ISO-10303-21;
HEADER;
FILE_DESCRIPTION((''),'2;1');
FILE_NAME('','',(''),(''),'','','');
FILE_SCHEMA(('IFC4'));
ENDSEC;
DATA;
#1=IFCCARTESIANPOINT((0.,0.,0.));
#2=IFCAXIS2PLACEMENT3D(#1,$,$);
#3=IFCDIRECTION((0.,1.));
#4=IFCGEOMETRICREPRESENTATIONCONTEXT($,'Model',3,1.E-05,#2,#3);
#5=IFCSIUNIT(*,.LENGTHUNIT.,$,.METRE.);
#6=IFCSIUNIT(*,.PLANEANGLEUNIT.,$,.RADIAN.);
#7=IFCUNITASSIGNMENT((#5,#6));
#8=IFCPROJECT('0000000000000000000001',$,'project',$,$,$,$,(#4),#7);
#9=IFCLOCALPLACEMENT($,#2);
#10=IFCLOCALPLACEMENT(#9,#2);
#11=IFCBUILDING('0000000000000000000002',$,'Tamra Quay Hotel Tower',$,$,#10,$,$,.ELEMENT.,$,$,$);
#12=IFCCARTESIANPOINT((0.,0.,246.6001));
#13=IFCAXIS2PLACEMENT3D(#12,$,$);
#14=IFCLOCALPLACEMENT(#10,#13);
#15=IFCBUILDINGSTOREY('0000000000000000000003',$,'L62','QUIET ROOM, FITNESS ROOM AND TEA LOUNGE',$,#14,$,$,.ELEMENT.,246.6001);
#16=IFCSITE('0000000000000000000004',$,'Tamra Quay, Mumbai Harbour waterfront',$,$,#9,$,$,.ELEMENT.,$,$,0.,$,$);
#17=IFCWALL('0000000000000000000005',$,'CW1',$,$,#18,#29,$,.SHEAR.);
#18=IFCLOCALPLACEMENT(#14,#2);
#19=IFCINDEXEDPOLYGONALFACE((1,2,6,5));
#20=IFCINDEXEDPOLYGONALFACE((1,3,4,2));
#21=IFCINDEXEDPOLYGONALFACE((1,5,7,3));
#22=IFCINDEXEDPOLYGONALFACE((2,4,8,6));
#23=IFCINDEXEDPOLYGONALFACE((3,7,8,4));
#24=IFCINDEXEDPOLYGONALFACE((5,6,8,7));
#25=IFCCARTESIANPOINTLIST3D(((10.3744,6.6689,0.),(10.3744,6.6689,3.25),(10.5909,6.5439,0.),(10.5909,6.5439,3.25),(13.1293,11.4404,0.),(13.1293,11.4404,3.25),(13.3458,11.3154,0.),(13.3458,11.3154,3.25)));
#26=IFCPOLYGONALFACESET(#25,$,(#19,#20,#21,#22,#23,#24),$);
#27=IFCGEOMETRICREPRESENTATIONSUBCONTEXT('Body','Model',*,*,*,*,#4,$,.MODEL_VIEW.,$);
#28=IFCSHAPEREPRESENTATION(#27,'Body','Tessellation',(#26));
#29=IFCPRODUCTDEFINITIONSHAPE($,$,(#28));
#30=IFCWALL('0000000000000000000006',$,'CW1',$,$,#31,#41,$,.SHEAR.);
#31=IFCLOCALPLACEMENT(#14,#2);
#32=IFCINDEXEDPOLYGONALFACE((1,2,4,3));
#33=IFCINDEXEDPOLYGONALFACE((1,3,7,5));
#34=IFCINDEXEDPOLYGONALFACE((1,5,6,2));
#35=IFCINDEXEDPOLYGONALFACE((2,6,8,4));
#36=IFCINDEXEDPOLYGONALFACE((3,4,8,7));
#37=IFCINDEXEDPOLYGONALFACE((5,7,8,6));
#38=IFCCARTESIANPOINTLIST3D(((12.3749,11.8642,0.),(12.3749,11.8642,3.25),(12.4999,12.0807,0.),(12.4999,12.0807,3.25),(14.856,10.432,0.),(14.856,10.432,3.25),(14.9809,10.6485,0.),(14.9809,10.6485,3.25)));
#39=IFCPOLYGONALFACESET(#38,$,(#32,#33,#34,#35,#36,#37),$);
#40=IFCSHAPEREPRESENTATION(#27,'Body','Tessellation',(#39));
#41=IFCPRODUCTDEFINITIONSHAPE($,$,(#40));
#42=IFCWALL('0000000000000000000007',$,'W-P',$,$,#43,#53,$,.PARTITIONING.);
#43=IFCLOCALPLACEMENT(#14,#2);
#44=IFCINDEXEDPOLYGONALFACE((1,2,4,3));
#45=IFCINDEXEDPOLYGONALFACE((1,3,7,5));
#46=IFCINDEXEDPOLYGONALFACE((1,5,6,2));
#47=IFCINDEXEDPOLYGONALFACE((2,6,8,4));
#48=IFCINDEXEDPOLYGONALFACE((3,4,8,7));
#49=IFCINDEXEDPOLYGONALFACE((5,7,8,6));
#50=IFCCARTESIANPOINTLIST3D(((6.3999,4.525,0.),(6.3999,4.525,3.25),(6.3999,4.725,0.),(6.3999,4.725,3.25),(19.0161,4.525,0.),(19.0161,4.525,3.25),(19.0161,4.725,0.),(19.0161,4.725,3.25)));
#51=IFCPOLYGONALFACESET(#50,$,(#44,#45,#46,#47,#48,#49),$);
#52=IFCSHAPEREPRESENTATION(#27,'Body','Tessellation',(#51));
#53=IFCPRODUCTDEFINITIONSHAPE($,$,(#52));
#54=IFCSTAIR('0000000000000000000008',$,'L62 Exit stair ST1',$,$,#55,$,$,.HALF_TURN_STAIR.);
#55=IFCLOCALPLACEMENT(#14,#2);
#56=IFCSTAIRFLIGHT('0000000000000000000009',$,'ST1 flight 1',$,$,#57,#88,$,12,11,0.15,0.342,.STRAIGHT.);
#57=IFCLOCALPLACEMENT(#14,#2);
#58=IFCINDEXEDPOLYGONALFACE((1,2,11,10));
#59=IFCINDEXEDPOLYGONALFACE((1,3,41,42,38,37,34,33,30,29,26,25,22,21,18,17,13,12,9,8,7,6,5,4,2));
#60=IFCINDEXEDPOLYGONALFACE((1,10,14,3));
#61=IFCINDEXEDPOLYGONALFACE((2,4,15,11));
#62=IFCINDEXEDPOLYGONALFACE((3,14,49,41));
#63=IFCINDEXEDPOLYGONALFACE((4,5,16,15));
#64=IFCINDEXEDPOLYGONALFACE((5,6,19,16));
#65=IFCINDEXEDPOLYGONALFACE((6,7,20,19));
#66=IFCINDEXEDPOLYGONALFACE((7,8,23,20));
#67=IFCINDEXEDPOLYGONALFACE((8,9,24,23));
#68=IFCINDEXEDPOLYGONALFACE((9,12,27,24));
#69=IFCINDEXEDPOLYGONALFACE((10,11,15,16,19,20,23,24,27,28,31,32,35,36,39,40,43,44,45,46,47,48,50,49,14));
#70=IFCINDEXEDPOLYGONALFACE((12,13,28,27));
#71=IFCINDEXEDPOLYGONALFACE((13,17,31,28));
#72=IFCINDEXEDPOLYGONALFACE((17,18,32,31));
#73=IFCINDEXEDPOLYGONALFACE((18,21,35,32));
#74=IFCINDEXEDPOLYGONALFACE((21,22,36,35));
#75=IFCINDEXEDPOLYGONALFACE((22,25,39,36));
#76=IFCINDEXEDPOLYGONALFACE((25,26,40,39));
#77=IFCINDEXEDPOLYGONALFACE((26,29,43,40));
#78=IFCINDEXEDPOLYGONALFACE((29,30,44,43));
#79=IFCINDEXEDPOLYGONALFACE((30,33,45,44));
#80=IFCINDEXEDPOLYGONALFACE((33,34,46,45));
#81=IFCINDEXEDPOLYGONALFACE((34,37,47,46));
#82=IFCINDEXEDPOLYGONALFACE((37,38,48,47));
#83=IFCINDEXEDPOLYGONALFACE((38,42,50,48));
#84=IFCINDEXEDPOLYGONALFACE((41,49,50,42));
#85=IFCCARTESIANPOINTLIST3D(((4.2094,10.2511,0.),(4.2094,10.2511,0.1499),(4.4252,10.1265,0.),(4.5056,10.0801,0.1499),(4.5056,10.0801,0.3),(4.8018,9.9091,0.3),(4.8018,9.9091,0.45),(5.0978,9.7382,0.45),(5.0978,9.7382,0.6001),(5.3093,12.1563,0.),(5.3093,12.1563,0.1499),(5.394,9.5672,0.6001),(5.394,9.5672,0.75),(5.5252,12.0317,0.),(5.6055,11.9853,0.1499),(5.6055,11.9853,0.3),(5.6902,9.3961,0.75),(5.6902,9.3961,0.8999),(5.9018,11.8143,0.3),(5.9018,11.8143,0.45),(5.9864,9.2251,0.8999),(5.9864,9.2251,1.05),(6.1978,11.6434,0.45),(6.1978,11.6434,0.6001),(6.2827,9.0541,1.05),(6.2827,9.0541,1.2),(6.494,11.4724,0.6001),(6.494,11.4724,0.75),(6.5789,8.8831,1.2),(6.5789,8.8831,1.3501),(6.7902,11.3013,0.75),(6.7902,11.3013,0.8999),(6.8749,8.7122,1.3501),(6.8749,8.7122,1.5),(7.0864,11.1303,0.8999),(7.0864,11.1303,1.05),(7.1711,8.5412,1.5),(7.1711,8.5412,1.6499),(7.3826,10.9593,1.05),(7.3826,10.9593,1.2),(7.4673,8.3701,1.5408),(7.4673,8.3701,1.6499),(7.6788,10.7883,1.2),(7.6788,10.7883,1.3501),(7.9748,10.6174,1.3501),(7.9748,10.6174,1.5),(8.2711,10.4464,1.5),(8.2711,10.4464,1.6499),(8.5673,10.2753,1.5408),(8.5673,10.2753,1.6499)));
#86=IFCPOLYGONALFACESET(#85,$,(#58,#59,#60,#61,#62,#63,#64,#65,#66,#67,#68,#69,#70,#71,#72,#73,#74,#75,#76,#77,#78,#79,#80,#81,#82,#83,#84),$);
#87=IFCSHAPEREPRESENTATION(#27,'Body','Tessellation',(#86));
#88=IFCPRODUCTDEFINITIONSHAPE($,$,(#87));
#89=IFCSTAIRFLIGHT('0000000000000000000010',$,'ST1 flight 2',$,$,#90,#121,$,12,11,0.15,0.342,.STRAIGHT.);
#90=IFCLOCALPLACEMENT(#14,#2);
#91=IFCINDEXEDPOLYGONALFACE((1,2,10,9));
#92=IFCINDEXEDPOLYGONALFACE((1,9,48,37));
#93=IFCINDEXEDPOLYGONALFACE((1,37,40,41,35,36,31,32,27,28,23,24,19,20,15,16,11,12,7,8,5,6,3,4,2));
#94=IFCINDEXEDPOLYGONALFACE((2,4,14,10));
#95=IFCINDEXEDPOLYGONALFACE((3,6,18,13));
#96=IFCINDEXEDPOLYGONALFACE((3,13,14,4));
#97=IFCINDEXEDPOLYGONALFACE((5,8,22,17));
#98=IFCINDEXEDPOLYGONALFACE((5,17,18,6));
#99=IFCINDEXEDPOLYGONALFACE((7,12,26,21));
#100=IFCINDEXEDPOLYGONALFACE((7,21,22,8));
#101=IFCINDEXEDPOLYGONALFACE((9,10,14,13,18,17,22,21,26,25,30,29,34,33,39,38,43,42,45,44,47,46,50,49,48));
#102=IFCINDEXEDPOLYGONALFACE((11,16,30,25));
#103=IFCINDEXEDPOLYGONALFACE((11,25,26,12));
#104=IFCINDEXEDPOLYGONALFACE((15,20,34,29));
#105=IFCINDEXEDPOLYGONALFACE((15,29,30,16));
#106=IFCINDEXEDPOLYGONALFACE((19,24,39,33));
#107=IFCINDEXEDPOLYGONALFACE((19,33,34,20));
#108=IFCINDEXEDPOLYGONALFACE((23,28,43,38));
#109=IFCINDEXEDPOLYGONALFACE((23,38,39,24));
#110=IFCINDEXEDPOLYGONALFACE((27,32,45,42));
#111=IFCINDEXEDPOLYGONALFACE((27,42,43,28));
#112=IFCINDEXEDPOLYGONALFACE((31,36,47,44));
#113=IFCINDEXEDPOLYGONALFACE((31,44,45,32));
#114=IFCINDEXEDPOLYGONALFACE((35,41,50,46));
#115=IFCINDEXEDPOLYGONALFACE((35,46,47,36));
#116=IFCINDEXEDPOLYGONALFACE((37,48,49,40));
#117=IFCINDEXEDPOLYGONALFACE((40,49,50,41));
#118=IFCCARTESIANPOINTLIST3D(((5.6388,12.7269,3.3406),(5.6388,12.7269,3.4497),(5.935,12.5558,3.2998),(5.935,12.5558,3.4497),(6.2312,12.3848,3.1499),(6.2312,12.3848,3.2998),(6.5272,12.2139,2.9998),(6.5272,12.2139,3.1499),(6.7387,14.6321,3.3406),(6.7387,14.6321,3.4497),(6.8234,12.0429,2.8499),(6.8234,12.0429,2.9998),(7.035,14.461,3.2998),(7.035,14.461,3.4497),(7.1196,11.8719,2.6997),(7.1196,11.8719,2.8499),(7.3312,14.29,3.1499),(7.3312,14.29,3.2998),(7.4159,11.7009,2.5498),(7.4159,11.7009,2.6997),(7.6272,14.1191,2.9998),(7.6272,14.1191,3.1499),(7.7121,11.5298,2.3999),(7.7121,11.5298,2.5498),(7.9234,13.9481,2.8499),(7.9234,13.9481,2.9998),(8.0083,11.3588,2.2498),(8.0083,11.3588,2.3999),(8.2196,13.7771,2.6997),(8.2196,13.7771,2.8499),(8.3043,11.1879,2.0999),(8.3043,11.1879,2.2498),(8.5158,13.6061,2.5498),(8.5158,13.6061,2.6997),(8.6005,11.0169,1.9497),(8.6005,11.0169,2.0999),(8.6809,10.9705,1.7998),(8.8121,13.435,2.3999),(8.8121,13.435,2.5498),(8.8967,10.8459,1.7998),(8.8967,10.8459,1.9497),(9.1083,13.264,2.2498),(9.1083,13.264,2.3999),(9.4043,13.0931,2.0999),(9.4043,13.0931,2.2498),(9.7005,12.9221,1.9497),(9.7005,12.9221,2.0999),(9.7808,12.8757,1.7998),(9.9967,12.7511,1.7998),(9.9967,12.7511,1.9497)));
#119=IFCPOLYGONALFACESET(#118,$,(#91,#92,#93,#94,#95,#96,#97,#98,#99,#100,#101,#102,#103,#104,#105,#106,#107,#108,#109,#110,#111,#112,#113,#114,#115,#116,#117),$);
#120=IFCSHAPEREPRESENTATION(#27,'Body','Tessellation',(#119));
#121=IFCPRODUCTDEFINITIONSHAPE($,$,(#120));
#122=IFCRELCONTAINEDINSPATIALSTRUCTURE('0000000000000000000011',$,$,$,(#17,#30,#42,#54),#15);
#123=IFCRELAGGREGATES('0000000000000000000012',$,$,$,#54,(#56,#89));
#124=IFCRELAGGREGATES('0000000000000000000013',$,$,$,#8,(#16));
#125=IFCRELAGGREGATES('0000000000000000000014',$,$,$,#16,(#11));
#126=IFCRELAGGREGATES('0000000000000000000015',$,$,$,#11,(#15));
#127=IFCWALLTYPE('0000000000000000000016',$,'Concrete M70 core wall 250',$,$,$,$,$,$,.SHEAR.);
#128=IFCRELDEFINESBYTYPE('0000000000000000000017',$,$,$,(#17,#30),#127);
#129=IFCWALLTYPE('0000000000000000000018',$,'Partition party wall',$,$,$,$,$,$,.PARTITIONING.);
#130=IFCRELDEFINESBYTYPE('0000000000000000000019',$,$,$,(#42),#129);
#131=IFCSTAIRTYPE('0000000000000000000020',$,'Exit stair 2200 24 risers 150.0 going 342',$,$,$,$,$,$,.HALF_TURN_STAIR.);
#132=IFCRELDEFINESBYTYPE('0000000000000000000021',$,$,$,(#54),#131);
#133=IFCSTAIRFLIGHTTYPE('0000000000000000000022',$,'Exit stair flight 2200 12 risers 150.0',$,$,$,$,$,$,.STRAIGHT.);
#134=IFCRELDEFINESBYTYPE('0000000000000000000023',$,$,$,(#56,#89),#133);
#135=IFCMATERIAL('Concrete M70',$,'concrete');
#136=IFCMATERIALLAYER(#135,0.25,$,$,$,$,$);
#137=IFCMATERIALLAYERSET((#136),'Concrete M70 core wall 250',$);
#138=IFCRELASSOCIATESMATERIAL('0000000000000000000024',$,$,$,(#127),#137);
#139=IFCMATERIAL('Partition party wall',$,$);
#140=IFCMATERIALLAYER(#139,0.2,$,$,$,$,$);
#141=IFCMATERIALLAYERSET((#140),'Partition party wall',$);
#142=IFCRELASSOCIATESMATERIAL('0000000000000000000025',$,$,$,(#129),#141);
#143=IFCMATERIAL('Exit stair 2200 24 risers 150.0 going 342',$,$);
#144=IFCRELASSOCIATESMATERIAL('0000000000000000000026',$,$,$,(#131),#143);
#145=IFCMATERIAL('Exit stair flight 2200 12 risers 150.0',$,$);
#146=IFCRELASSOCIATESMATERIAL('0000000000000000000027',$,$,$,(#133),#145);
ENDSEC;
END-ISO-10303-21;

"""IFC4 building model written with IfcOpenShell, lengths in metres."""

from ifc_helpers import new_model, si_unit, direction, frame, frame_2d, origin, place, context, subcontext, project, spatial, polyline, rectangle, outline, extrude, material, layer, layer_set, type_object, element, aggregate, save


model = new_model("IFC4")

# Units and contexts
model_context = context("Model", 3, precision=1e-05, world=origin(), true_north=direction((0.0, 1.0)))
body_context = subcontext(model_context, "Body", "Model", "MODEL_VIEW")
ifc_project = project(units=[si_unit("LENGTHUNIT", "METRE"), si_unit("PLANEANGLEUNIT", "RADIAN")], contexts=[model_context])

# Site, building, storey
site_placement = place(None, origin())
site = spatial("IfcSite", under=ifc_project, at=site_placement, Name="Tamra Quay, Mumbai Harbour waterfront", CompositionType="ELEMENT", RefElevation=0.0)
building_placement = place(site_placement, origin())
building = spatial("IfcBuilding", under=site, at=building_placement, Name="Tamra Quay Hotel Tower", CompositionType="ELEMENT")
storey_placement = place(building_placement, frame((0.0, 0.0, 246.6001)))
storey = spatial("IfcBuildingStorey", under=building, at=storey_placement, Name="L62", Description="QUIET ROOM, FITNESS ROOM AND TEA LOUNGE", CompositionType="ELEMENT", Elevation=246.6001)

# Shared definitions
ifc_material_1 = material(Name="Concrete M70", Category="concrete")

# Shared definitions
ifc_layer_1 = layer(ifc_material_1, 0.25)
ifc_layer_set_1 = layer_set([ifc_layer_1], Name="Concrete M70 core wall 250")
wall_type_1 = type_object("IfcWallType", Name="Concrete M70 core wall 250", PredefinedType="SHEAR", material=ifc_layer_set_1)

# Walls
wall_1_placement = place(storey_placement, frame((13.2375, 11.3779, 0.0), z_axis=(0.0, 0.0, 1.0), x_axis=(-0.500009, -0.86602, 0.0)))
element("IfcWall", 1, at=wall_1_placement, inside=storey, type_object=wall_type_1, Name="CW1", PredefinedType="SHEAR", context=body_context, shape_type="SweptSolid", body=[
    extrude(rectangle(XDim=5.5098, YDim=0.25, at=frame_2d((2.7549, 0.0))), origin(), (0.0, 0.0, 1.0), 3.25),
])
wall_2_placement = place(storey_placement, frame((14.9185, 10.5403, 0.0), z_axis=(0.0, 0.0, 1.0), x_axis=(-0.866064, 0.499934, 0.0)))
element("IfcWall", 2, at=wall_2_placement, inside=storey, type_object=wall_type_1, Name="CW1", PredefinedType="SHEAR", context=body_context, shape_type="SweptSolid", body=[
    extrude(rectangle(XDim=2.8647, YDim=0.25, at=frame_2d((1.4324, 0.0))), origin(), (0.0, 0.0, 1.0), 3.25),
])
ifc_material_2 = material(Name="Partition party wall")
ifc_layer_2 = layer(ifc_material_2, 0.2)
ifc_layer_set_2 = layer_set([ifc_layer_2], Name="Partition party wall")
wall_type_2 = type_object("IfcWallType", Name="Partition party wall", PredefinedType="PARTITIONING", material=ifc_layer_set_2)
wall_3_placement = place(storey_placement, frame((6.3999, 4.625, 0.0), z_axis=(0.0, 0.0, 1.0), x_axis=(1.0, 0.0, 0.0)))
element("IfcWall", 3, at=wall_3_placement, inside=storey, type_object=wall_type_2, Name="W-P", PredefinedType="PARTITIONING", context=body_context, shape_type="SweptSolid", body=[
    extrude(rectangle(XDim=12.6162, YDim=0.2, at=frame_2d((6.3081, 0.0))), origin(), (0.0, 0.0, 1.0), 3.25),
])

# Stair, stair flights
ifc_material_3 = material(Name="Exit stair 2200 24 risers 150.0 going 342")
stair_type = type_object("IfcStairType", Name="Exit stair 2200 24 risers 150.0 going 342", PredefinedType="HALF_TURN_STAIR", material=ifc_material_3)
stair_placement = place(storey_placement, origin())
stair = element("IfcStair", 4, at=stair_placement, inside=storey, type_object=stair_type, Name="L62 Exit stair ST1", PredefinedType="HALF_TURN_STAIR")
ifc_material_4 = material(Name="Exit stair flight 2200 12 risers 150.0")
stair_flight_type = type_object("IfcStairFlightType", Name="Exit stair flight 2200 12 risers 150.0", PredefinedType="STRAIGHT", material=ifc_material_4)
stair_flight_1_placement = place(storey_placement, frame((4.7593, 11.2036, 0.0), z_axis=(0.0, 0.0, 1.0), x_axis=(0.866025, -0.5, 0.0)))
stair_flight_1 = element("IfcStairFlight", 5, at=stair_flight_1_placement, type_object=stair_flight_type, Name="ST1 flight 1", NumberOfRisers=12, NumberOfTreads=11, PredefinedType="STRAIGHT", RiserHeight=0.15, TreadLength=0.342, context=body_context, shape_type="SweptSolid", body=[
    extrude(outline(polyline([(0.0, 0.0), (0.0, 0.1499), (0.342, 0.1499), (0.342, 0.3), (0.6841, 0.3), (0.6841, 0.45), (1.0259, 0.45), (1.0259, 0.6001), (1.3679, 0.6001), (1.3679, 0.75), (1.71, 0.75), (1.71, 0.8999), (2.052, 0.8999), (2.052, 1.05), (2.394, 1.05), (2.394, 1.2), (2.7361, 1.2), (2.7361, 1.3501), (3.0779, 1.3501), (3.0779, 1.5), (3.4199, 1.5), (3.4199, 1.6499), (3.762, 1.6499), (3.762, 1.8), (3.762, 1.5408), (0.2493, 0.0), (0.0, 0.0)])), frame((0.0, 1.1001, 0.0), z_axis=(0.0, -1.0, 0.0), x_axis=(1.0, 0.0, 0.0)), (0.0, 0.0, 1.0), 2.2),
])
stair_flight_2_placement = place(storey_placement, frame((9.4468, 11.7986, 1.7998), z_axis=(0.0, 0.0, 1.0), x_axis=(-0.866025, 0.5, 0.0)))
stair_flight_2 = element("IfcStairFlight", 6, at=stair_flight_2_placement, type_object=stair_flight_type, Name="ST1 flight 2", NumberOfRisers=12, NumberOfTreads=11, PredefinedType="STRAIGHT", RiserHeight=0.15, TreadLength=0.342, context=body_context, shape_type="SweptSolid", body=[
    extrude(outline(polyline([(0.0, 0.0), (0.0, 0.1499), (0.342, 0.1499), (0.342, 0.3), (0.6841, 0.3), (0.6841, 0.45), (1.0259, 0.45), (1.0259, 0.6001), (1.3679, 0.6001), (1.3679, 0.75), (1.71, 0.75), (1.71, 0.8999), (2.052, 0.8999), (2.052, 1.05), (2.394, 1.05), (2.394, 1.2), (2.7361, 1.2), (2.7361, 1.3501), (3.0779, 1.3501), (3.0779, 1.5), (3.4199, 1.5), (3.4199, 1.6499), (3.762, 1.6499), (3.762, 1.8), (3.762, 1.5408), (0.2493, 0.0), (0.0, 0.0)])), frame((0.0, 1.1001, 0.0), z_axis=(0.0, -1.0, 0.0), x_axis=(1.0, 0.0, 0.0)), (0.0, 0.0, 1.0), 2.2),
])
aggregate(stair, [stair_flight_1, stair_flight_2])

save(model, "model.ifc")
